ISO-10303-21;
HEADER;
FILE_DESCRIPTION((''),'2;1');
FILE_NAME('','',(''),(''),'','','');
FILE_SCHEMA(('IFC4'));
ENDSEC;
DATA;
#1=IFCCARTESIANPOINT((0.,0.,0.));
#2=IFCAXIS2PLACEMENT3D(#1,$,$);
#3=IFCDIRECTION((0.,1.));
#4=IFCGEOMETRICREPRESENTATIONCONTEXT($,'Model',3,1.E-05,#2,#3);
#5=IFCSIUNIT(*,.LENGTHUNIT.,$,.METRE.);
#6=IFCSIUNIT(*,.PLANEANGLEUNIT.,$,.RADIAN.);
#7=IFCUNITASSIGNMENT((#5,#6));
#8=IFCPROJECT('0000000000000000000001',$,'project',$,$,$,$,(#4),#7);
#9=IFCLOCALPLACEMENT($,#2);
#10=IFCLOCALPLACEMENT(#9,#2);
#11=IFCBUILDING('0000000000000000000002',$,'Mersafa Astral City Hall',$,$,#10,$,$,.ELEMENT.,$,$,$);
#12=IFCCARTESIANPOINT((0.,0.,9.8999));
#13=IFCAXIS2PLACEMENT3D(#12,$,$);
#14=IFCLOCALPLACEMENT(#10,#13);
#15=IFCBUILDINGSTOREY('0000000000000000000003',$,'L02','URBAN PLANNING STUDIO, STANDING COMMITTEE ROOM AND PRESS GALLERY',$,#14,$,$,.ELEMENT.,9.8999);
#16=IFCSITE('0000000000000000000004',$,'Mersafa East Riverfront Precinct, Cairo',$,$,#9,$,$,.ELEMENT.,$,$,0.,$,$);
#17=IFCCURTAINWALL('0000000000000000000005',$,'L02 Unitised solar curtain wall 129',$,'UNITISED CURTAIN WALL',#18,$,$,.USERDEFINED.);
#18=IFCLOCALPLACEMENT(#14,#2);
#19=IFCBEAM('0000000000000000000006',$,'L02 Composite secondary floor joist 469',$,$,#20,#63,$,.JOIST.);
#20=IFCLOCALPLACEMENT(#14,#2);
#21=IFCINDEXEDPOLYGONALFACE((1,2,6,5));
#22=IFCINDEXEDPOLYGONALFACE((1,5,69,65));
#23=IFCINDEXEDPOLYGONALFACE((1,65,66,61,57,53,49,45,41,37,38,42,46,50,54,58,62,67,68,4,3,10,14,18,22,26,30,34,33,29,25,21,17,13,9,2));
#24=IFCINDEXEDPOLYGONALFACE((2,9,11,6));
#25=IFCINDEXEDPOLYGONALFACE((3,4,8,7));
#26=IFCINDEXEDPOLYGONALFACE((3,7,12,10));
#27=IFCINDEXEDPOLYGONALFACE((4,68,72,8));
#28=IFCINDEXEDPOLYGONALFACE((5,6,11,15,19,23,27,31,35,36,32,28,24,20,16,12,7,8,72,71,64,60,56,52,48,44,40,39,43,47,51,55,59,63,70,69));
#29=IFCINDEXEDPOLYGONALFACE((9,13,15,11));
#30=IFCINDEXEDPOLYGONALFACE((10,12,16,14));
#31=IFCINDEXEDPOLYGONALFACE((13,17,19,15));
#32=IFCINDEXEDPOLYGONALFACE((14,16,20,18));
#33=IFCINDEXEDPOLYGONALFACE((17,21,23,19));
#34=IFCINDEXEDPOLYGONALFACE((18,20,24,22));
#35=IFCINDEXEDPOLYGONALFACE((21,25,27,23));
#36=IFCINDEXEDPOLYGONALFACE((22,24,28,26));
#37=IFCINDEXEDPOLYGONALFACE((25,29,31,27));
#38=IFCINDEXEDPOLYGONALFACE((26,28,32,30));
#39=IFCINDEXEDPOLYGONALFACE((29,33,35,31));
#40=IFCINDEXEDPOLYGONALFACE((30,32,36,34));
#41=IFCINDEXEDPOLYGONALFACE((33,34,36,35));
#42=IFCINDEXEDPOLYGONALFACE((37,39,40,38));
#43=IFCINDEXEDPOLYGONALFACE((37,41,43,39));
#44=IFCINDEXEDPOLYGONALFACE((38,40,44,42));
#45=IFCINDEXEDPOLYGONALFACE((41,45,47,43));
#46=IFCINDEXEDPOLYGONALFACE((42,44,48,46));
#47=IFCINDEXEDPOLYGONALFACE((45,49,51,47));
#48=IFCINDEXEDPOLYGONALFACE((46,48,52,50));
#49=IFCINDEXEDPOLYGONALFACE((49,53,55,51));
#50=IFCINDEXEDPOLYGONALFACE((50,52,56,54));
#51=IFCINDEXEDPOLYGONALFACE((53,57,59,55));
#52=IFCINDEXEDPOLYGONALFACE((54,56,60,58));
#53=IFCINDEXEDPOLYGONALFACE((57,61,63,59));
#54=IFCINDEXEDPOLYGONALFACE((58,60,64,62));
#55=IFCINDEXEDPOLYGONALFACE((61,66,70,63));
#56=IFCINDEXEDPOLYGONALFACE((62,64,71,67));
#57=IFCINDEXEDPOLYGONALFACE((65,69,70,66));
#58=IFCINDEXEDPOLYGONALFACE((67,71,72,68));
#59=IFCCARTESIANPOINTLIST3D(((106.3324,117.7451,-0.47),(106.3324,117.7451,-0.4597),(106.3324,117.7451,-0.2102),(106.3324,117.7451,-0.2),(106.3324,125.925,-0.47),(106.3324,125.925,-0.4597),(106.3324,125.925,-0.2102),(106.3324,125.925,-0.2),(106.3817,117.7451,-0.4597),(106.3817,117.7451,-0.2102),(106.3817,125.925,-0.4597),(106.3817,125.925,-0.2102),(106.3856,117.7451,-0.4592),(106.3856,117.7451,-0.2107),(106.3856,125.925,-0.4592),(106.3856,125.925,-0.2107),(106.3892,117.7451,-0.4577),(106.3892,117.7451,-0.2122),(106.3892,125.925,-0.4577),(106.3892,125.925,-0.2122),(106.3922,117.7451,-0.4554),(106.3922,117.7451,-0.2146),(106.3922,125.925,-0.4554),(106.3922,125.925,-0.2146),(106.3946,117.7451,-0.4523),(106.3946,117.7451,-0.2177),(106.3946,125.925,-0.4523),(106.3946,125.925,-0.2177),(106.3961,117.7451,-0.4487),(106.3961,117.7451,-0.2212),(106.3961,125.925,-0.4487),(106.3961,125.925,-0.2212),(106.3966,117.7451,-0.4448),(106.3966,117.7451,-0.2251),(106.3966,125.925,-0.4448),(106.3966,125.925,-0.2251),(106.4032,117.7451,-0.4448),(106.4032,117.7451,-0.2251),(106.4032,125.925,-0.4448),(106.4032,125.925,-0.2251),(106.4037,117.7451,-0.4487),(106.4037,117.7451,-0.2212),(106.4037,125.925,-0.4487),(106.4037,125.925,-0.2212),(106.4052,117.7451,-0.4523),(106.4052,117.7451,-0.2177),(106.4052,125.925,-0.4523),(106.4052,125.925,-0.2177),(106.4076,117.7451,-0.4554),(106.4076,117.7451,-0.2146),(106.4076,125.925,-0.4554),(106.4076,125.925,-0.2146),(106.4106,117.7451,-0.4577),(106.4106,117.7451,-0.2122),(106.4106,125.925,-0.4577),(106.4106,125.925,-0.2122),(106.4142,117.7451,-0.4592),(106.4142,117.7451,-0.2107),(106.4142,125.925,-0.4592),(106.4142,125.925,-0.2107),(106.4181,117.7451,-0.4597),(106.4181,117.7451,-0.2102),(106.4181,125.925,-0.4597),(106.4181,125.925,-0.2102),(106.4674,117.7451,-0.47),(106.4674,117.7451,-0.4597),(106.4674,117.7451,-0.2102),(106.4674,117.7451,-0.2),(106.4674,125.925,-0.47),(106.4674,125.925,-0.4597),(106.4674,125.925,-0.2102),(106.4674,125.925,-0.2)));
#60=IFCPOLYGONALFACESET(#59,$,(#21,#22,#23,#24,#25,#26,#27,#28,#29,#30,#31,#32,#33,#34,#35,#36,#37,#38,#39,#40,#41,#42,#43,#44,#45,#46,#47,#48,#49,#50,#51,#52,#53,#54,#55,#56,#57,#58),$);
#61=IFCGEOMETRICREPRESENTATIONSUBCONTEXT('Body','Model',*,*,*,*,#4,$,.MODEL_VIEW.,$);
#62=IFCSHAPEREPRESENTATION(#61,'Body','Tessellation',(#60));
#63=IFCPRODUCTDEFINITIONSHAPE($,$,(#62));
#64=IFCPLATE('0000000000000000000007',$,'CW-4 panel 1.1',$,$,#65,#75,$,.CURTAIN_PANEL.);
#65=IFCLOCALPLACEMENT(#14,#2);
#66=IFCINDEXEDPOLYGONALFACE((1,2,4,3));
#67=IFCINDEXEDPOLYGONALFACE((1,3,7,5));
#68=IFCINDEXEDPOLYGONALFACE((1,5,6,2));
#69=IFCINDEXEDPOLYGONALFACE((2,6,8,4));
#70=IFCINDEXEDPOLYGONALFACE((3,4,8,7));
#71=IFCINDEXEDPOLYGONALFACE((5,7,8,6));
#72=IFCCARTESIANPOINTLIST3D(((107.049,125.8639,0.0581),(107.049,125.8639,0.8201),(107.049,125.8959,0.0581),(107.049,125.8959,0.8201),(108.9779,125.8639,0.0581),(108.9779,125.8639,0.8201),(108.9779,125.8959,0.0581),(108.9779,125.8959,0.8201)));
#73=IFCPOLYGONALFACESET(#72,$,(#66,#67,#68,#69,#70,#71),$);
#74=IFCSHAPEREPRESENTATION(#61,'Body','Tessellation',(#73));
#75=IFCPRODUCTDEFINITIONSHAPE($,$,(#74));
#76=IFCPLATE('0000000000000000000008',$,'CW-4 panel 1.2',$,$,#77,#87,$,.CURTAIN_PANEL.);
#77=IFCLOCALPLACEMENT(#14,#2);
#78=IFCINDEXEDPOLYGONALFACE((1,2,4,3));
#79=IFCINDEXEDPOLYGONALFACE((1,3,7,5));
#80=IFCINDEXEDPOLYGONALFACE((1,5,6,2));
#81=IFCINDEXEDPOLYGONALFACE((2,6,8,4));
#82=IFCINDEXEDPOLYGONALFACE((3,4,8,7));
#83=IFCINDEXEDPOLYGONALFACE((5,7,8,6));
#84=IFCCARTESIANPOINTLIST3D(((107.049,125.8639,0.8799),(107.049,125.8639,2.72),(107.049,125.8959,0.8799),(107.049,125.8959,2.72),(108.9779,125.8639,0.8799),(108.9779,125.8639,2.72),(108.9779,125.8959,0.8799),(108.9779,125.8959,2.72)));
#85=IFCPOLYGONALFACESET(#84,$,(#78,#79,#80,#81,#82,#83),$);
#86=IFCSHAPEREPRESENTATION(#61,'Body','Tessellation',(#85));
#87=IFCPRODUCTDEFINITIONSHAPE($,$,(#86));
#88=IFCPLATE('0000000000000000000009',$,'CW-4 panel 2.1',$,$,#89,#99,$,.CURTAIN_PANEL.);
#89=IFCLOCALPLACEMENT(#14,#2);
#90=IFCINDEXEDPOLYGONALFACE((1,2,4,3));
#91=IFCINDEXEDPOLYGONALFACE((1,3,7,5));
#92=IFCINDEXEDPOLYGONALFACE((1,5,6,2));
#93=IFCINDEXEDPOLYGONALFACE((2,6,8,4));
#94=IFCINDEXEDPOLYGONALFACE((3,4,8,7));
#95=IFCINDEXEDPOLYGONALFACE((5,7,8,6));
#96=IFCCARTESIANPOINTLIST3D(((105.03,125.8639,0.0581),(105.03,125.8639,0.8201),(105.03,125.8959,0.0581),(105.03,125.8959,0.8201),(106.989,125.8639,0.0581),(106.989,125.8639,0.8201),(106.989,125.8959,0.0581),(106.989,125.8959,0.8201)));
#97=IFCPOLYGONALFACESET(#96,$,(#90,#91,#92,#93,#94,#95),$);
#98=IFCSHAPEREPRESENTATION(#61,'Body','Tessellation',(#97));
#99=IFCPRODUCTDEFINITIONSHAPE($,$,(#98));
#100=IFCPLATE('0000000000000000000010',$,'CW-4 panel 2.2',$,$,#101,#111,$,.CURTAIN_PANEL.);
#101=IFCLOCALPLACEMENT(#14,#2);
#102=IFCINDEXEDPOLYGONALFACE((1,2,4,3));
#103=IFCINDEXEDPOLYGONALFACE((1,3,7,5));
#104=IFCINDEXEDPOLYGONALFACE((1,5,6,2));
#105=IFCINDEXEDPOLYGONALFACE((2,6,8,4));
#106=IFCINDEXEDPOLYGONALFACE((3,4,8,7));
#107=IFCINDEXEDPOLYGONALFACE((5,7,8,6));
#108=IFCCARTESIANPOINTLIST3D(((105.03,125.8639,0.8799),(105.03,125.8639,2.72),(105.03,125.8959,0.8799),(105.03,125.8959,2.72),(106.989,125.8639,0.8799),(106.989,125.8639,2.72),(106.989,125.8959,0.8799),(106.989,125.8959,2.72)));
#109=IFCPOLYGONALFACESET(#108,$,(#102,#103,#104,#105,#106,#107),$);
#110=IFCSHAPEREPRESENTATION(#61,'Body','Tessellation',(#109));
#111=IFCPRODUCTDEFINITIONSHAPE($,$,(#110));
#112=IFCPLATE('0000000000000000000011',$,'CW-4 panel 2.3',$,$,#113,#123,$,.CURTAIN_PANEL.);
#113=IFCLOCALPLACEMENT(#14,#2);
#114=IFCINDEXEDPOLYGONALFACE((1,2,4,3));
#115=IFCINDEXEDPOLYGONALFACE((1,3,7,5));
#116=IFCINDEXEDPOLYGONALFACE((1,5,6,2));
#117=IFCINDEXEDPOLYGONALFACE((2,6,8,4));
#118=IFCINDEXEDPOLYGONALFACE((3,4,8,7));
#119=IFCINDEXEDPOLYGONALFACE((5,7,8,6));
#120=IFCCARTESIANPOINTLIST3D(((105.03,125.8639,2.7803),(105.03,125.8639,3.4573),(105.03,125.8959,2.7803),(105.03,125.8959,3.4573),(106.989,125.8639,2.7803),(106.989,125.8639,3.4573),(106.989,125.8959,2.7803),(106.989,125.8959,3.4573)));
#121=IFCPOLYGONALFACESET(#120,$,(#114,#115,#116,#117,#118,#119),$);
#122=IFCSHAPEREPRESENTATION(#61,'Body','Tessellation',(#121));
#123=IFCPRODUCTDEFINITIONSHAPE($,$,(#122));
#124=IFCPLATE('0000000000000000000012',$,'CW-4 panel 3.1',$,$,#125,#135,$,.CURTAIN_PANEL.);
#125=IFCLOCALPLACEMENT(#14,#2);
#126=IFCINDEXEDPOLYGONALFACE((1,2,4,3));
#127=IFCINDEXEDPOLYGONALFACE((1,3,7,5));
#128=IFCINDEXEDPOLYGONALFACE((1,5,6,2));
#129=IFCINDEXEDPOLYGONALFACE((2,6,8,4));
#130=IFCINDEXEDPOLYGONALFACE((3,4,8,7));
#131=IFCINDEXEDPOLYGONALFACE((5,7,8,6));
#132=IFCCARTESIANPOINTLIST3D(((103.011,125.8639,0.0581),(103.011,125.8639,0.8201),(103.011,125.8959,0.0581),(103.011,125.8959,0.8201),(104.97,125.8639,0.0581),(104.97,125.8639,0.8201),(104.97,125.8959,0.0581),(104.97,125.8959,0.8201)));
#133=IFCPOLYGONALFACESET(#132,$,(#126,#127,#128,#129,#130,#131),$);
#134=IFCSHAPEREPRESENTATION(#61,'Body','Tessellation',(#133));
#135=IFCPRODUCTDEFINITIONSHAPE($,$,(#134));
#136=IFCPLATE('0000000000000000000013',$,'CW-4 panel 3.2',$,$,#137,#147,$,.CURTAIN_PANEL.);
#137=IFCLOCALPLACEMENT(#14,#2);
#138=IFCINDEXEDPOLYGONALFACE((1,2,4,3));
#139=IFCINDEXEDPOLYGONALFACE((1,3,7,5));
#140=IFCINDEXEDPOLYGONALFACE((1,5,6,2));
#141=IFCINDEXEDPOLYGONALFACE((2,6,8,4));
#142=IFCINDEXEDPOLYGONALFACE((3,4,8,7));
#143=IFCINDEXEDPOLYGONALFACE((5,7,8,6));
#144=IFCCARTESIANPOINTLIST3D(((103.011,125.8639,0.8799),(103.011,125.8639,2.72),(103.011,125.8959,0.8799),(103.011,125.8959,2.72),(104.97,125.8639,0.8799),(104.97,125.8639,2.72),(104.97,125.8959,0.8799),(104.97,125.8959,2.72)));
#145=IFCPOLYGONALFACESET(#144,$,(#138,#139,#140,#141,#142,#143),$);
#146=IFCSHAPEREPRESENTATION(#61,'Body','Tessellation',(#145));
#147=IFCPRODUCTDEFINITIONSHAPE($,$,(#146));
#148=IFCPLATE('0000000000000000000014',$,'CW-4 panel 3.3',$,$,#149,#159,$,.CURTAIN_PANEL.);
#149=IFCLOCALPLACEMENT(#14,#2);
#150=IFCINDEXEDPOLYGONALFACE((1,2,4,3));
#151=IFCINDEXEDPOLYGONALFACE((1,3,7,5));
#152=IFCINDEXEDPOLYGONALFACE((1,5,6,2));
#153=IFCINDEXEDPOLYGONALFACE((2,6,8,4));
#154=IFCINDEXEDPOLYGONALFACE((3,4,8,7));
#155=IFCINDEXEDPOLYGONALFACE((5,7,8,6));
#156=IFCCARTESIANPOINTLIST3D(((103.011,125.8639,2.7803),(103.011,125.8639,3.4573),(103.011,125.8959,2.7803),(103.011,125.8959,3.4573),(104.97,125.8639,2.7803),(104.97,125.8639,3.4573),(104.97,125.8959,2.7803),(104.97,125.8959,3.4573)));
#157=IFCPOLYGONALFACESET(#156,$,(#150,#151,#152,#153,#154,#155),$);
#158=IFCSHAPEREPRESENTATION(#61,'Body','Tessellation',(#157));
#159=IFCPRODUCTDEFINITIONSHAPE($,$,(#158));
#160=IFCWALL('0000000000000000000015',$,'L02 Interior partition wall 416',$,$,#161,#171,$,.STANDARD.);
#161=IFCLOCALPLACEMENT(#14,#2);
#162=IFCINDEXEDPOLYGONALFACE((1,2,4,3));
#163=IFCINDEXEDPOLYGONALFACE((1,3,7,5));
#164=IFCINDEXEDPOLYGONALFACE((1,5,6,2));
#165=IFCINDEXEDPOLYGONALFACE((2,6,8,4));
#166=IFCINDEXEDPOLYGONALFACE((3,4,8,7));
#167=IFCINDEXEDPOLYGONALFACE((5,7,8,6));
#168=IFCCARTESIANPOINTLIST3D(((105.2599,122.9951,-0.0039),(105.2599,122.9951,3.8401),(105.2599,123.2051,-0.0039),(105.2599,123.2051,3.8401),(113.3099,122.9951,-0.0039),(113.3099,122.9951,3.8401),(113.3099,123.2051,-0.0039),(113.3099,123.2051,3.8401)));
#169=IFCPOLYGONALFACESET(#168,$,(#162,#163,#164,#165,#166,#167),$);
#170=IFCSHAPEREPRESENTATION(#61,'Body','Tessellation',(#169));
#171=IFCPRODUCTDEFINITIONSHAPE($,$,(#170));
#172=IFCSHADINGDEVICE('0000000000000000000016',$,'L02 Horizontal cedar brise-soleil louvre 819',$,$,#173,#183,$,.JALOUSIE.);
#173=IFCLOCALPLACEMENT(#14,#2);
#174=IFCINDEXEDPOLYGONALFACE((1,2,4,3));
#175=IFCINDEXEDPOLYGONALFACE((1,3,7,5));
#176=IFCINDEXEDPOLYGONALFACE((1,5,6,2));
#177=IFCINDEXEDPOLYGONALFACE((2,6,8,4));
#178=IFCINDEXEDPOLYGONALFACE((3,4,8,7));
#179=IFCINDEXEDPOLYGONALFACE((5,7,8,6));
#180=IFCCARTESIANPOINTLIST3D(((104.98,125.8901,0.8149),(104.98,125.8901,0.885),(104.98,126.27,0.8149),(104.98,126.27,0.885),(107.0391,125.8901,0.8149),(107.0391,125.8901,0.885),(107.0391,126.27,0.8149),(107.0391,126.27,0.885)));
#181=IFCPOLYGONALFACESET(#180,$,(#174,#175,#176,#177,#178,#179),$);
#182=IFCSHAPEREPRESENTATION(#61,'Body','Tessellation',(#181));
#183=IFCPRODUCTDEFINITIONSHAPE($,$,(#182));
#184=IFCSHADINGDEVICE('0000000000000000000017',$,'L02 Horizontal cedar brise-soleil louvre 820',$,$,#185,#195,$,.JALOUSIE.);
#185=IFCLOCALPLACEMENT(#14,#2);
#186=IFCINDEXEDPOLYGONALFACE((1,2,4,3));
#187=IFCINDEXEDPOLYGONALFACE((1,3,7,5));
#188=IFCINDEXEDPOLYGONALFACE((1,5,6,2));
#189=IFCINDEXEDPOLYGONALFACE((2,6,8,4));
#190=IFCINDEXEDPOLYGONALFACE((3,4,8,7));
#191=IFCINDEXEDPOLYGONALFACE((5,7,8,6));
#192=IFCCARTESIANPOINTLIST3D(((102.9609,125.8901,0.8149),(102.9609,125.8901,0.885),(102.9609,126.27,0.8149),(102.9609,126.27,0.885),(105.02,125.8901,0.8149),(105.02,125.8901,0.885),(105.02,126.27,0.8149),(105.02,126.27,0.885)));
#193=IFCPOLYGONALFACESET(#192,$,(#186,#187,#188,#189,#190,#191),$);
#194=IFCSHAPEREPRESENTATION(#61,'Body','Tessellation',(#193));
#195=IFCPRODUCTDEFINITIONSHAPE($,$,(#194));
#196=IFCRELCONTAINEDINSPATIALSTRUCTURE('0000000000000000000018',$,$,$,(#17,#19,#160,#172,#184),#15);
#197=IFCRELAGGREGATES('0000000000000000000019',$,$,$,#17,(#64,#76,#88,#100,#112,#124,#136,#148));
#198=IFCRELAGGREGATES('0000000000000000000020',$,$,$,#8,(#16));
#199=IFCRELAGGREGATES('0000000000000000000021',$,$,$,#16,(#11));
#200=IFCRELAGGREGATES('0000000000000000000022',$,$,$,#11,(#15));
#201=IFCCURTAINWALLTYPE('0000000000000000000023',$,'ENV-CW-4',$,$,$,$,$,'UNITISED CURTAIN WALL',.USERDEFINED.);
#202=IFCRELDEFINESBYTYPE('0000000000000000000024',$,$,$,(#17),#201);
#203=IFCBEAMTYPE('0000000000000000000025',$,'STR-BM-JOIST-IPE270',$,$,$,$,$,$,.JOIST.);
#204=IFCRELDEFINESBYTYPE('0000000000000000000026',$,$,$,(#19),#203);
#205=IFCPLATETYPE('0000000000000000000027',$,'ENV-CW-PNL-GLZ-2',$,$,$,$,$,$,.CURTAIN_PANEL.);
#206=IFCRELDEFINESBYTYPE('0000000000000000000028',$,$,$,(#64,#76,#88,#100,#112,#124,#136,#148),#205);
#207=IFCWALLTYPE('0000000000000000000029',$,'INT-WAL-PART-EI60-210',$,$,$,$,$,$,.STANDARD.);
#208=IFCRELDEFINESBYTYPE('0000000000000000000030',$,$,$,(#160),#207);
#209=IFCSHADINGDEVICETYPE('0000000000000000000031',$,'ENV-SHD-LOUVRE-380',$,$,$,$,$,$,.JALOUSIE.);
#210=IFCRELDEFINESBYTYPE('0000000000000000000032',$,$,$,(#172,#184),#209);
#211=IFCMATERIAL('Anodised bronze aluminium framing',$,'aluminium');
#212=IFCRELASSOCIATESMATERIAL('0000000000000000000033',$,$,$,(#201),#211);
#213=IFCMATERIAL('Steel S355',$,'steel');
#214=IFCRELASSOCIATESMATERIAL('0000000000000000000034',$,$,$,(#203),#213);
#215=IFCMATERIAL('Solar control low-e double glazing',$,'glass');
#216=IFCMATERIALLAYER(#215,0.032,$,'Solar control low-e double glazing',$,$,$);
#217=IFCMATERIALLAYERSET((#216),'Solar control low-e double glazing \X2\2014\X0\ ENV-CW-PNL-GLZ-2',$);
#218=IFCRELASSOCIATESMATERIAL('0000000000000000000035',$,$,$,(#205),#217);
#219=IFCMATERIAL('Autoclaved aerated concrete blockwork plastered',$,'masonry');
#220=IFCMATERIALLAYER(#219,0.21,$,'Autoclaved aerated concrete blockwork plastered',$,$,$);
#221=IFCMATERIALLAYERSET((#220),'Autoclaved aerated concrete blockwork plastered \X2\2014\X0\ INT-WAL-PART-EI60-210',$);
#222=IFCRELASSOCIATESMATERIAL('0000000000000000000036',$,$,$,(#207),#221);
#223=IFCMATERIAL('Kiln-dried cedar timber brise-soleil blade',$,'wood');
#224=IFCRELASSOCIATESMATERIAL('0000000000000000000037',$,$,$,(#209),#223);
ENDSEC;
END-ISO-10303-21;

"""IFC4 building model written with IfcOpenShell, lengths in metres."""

from ifc_helpers import new_model, si_unit, direction, frame, frame_2d, origin, origin_2d, place, context, subcontext, project, spatial, rectangle, i_section, extrude, material, layer, layer_set, material_profile, profile_set, type_object, element, aggregate, save


model = new_model("IFC4")

# Units and contexts
model_context = context("Model", 3, precision=1e-05, world=origin(), true_north=direction((0.0, 1.0)))
body_context = subcontext(model_context, "Body", "Model", "MODEL_VIEW")
ifc_project = project(units=[si_unit("LENGTHUNIT", "METRE"), si_unit("PLANEANGLEUNIT", "RADIAN")], contexts=[model_context])

# Site, building, storey
site_placement = place(None, origin())
site = spatial("IfcSite", under=ifc_project, at=site_placement, Name="Mersafa East Riverfront Precinct, Cairo", CompositionType="ELEMENT", RefElevation=0.0)
building_placement = place(site_placement, origin())
building = spatial("IfcBuilding", under=site, at=building_placement, Name="Mersafa Astral City Hall", CompositionType="ELEMENT")
storey_placement = place(building_placement, frame((0.0, 0.0, 9.8999)))
storey = spatial("IfcBuildingStorey", under=building, at=storey_placement, Name="L02", Description="URBAN PLANNING STUDIO, STANDING COMMITTEE ROOM AND PRESS GALLERY", CompositionType="ELEMENT", Elevation=9.8999)

# Curtain wall
ifc_material_1 = material(Name="Anodised bronze aluminium framing", Category="aluminium")
curtain_wall_type = type_object("IfcCurtainWallType", Name="ENV-CW-4", ElementType="UNITISED CURTAIN WALL", PredefinedType="USERDEFINED", material=ifc_material_1)
curtain_wall_placement = place(storey_placement, origin())
curtain_wall = element("IfcCurtainWall", 1, at=curtain_wall_placement, inside=storey, type_object=curtain_wall_type, Name="L02 Unitised solar curtain wall 129", ObjectType="UNITISED CURTAIN WALL", PredefinedType="USERDEFINED")

# Beam
ifc_material_2 = material(Name="Steel S355", Category="steel")
ifc_material_profile_1 = material_profile(ifc_material_2, i_section(OverallWidth=0.135, OverallDepth=0.27, WebThickness=0.0066, FlangeThickness=0.0103, FilletRadius=0.0149, at=origin_2d()), Name="IPE 270")
ifc_profile_set_1 = profile_set([ifc_material_profile_1], Name="Steel S355")
beam_type = type_object("IfcBeamType", Name="STR-BM-JOIST-IPE270", PredefinedType="JOIST", material=ifc_profile_set_1)
beam_placement = place(storey_placement, frame((106.3999, 117.7451, -0.335), z_axis=(0.0, 1.0, 0.0), x_axis=(-1.0, 0.0, 0.0)))
element("IfcBeam", 2, at=beam_placement, inside=storey, type_object=beam_type, Name="L02 Composite secondary floor joist 469", PredefinedType="JOIST", context=body_context, shape_type="SweptSolid", body=[
    extrude(i_section(OverallWidth=0.135, OverallDepth=0.27, WebThickness=0.0066, FlangeThickness=0.0103, FilletRadius=0.0149, at=origin_2d()), origin(), (0.0, 0.0, 1.0), 8.1799),
])

# Plates
ifc_material_3 = material(Name="Solar control low-e double glazing", Category="glass")
ifc_layer_1 = layer(ifc_material_3, 0.032, Name="Solar control low-e double glazing")
ifc_layer_set_1 = layer_set([ifc_layer_1], Name="Solar control low-e double glazing — ENV-CW-PNL-GLZ-2")
plate_type = type_object("IfcPlateType", Name="ENV-CW-PNL-GLZ-2", PredefinedType="CURTAIN_PANEL", material=ifc_layer_set_1)
plate_1_placement = place(storey_placement, frame((108.0134, 125.8799, 0.0581), z_axis=(0.0, 0.0, 1.0), x_axis=(-1.0, 0.0, 0.0)))
plate_1 = element("IfcPlate", 3, at=plate_1_placement, type_object=plate_type, Name="CW-4 panel 1.1", PredefinedType="CURTAIN_PANEL", context=body_context, shape_type="SweptSolid", body=[
    extrude(rectangle(XDim=1.929, YDim=0.032, at=origin_2d()), origin(), (0.0, 0.0, 1.0), 0.762),
])
plate_2_placement = place(storey_placement, frame((108.0134, 125.8799, 0.8799), z_axis=(0.0, 0.0, 1.0), x_axis=(-1.0, 0.0, 0.0)))
plate_2 = element("IfcPlate", 4, at=plate_2_placement, type_object=plate_type, Name="CW-4 panel 1.2", PredefinedType="CURTAIN_PANEL", context=body_context, shape_type="SweptSolid", body=[
    extrude(rectangle(XDim=1.929, YDim=0.032, at=origin_2d()), origin(), (0.0, 0.0, 1.0), 1.8401),
])
plate_3_placement = place(storey_placement, frame((106.0095, 125.8799, 0.0581), z_axis=(0.0, 0.0, 1.0), x_axis=(-1.0, 0.0, 0.0)))
plate_3 = element("IfcPlate", 5, at=plate_3_placement, type_object=plate_type, Name="CW-4 panel 2.1", PredefinedType="CURTAIN_PANEL", context=body_context, shape_type="SweptSolid", body=[
    extrude(rectangle(XDim=1.959, YDim=0.032, at=origin_2d()), origin(), (0.0, 0.0, 1.0), 0.762),
])
plate_4_placement = place(storey_placement, frame((106.0095, 125.8799, 0.8799), z_axis=(0.0, 0.0, 1.0), x_axis=(-1.0, 0.0, 0.0)))
plate_4 = element("IfcPlate", 6, at=plate_4_placement, type_object=plate_type, Name="CW-4 panel 2.2", PredefinedType="CURTAIN_PANEL", context=body_context, shape_type="SweptSolid", body=[
    extrude(rectangle(XDim=1.959, YDim=0.032, at=origin_2d()), origin(), (0.0, 0.0, 1.0), 1.8401),
])
plate_5_placement = place(storey_placement, frame((106.0095, 125.8799, 2.7803), z_axis=(0.0, 0.0, 1.0), x_axis=(-1.0, 0.0, 0.0)))
plate_5 = element("IfcPlate", 7, at=plate_5_placement, type_object=plate_type, Name="CW-4 panel 2.3", PredefinedType="CURTAIN_PANEL", context=body_context, shape_type="SweptSolid", body=[
    extrude(rectangle(XDim=1.959, YDim=0.032, at=origin_2d()), origin(), (0.0, 0.0, 1.0), 0.677),
])
plate_6_placement = place(storey_placement, frame((103.9905, 125.8799, 0.0581), z_axis=(0.0, 0.0, 1.0), x_axis=(-1.0, 0.0, 0.0)))
plate_6 = element("IfcPlate", 8, at=plate_6_placement, type_object=plate_type, Name="CW-4 panel 3.1", PredefinedType="CURTAIN_PANEL", context=body_context, shape_type="SweptSolid", body=[
    extrude(rectangle(XDim=1.959, YDim=0.032, at=origin_2d()), origin(), (0.0, 0.0, 1.0), 0.762),
])
plate_7_placement = place(storey_placement, frame((103.9905, 125.8799, 0.8799), z_axis=(0.0, 0.0, 1.0), x_axis=(-1.0, 0.0, 0.0)))
plate_7 = element("IfcPlate", 9, at=plate_7_placement, type_object=plate_type, Name="CW-4 panel 3.2", PredefinedType="CURTAIN_PANEL", context=body_context, shape_type="SweptSolid", body=[
    extrude(rectangle(XDim=1.959, YDim=0.032, at=origin_2d()), origin(), (0.0, 0.0, 1.0), 1.8401),
])
plate_8_placement = place(storey_placement, frame((103.9905, 125.8799, 2.7803), z_axis=(0.0, 0.0, 1.0), x_axis=(-1.0, 0.0, 0.0)))
plate_8 = element("IfcPlate", 10, at=plate_8_placement, type_object=plate_type, Name="CW-4 panel 3.3", PredefinedType="CURTAIN_PANEL", context=body_context, shape_type="SweptSolid", body=[
    extrude(rectangle(XDim=1.959, YDim=0.032, at=origin_2d()), origin(), (0.0, 0.0, 1.0), 0.677),
])
aggregate(curtain_wall, [plate_1, plate_2, plate_3, plate_4, plate_5, plate_6, plate_7, plate_8])

# Wall
ifc_material_4 = material(Name="Autoclaved aerated concrete blockwork plastered", Category="masonry")
ifc_layer_2 = layer(ifc_material_4, 0.21, Name="Autoclaved aerated concrete blockwork plastered")
ifc_layer_set_2 = layer_set([ifc_layer_2], Name="Autoclaved aerated concrete blockwork plastered — INT-WAL-PART-EI60-210")
wall_type = type_object("IfcWallType", Name="INT-WAL-PART-EI60-210", PredefinedType="STANDARD", material=ifc_layer_set_2)
wall_placement = place(storey_placement, frame((105.26, 123.1001, -0.0039), z_axis=(0.0, 0.0, 1.0), x_axis=(1.0, 0.0, 0.0)))
element("IfcWall", 11, at=wall_placement, inside=storey, type_object=wall_type, Name="L02 Interior partition wall 416", PredefinedType="STANDARD", context=body_context, shape_type="SweptSolid", body=[
    extrude(rectangle(XDim=8.05, YDim=0.21, at=frame_2d((4.0249, 0.0))), origin(), (0.0, 0.0, 1.0), 3.844),
])

# Shading devices
ifc_material_5 = material(Name="Kiln-dried cedar timber brise-soleil blade", Category="wood")
shading_device_type = type_object("IfcShadingDeviceType", Name="ENV-SHD-LOUVRE-380", PredefinedType="JALOUSIE", material=ifc_material_5)
for number, where, z_axis, x_axis, name in (
    (12, (106.0095, 126.0801, 0.8149), (0.0, 0.0, 1.0), (-1.0, 0.0, 0.0), "L02 Horizontal cedar brise-soleil louvre 819"),
    (13, (103.9905, 126.0801, 0.8149), (0.0, 0.0, 1.0), (-1.0, 0.0, 0.0), "L02 Horizontal cedar brise-soleil louvre 820"),
):
    element("IfcShadingDevice", number, at=place(storey_placement, frame(where, z_axis=z_axis, x_axis=x_axis)), inside=storey, type_object=shading_device_type, Name=name, PredefinedType="JALOUSIE", context=body_context, shape_type="SweptSolid", body=[
        extrude(rectangle(XDim=2.0591, YDim=0.3799, at=origin_2d()), origin(), (0.0, 0.0, 1.0), 0.0701),
    ])

save(model, "model.ifc")
